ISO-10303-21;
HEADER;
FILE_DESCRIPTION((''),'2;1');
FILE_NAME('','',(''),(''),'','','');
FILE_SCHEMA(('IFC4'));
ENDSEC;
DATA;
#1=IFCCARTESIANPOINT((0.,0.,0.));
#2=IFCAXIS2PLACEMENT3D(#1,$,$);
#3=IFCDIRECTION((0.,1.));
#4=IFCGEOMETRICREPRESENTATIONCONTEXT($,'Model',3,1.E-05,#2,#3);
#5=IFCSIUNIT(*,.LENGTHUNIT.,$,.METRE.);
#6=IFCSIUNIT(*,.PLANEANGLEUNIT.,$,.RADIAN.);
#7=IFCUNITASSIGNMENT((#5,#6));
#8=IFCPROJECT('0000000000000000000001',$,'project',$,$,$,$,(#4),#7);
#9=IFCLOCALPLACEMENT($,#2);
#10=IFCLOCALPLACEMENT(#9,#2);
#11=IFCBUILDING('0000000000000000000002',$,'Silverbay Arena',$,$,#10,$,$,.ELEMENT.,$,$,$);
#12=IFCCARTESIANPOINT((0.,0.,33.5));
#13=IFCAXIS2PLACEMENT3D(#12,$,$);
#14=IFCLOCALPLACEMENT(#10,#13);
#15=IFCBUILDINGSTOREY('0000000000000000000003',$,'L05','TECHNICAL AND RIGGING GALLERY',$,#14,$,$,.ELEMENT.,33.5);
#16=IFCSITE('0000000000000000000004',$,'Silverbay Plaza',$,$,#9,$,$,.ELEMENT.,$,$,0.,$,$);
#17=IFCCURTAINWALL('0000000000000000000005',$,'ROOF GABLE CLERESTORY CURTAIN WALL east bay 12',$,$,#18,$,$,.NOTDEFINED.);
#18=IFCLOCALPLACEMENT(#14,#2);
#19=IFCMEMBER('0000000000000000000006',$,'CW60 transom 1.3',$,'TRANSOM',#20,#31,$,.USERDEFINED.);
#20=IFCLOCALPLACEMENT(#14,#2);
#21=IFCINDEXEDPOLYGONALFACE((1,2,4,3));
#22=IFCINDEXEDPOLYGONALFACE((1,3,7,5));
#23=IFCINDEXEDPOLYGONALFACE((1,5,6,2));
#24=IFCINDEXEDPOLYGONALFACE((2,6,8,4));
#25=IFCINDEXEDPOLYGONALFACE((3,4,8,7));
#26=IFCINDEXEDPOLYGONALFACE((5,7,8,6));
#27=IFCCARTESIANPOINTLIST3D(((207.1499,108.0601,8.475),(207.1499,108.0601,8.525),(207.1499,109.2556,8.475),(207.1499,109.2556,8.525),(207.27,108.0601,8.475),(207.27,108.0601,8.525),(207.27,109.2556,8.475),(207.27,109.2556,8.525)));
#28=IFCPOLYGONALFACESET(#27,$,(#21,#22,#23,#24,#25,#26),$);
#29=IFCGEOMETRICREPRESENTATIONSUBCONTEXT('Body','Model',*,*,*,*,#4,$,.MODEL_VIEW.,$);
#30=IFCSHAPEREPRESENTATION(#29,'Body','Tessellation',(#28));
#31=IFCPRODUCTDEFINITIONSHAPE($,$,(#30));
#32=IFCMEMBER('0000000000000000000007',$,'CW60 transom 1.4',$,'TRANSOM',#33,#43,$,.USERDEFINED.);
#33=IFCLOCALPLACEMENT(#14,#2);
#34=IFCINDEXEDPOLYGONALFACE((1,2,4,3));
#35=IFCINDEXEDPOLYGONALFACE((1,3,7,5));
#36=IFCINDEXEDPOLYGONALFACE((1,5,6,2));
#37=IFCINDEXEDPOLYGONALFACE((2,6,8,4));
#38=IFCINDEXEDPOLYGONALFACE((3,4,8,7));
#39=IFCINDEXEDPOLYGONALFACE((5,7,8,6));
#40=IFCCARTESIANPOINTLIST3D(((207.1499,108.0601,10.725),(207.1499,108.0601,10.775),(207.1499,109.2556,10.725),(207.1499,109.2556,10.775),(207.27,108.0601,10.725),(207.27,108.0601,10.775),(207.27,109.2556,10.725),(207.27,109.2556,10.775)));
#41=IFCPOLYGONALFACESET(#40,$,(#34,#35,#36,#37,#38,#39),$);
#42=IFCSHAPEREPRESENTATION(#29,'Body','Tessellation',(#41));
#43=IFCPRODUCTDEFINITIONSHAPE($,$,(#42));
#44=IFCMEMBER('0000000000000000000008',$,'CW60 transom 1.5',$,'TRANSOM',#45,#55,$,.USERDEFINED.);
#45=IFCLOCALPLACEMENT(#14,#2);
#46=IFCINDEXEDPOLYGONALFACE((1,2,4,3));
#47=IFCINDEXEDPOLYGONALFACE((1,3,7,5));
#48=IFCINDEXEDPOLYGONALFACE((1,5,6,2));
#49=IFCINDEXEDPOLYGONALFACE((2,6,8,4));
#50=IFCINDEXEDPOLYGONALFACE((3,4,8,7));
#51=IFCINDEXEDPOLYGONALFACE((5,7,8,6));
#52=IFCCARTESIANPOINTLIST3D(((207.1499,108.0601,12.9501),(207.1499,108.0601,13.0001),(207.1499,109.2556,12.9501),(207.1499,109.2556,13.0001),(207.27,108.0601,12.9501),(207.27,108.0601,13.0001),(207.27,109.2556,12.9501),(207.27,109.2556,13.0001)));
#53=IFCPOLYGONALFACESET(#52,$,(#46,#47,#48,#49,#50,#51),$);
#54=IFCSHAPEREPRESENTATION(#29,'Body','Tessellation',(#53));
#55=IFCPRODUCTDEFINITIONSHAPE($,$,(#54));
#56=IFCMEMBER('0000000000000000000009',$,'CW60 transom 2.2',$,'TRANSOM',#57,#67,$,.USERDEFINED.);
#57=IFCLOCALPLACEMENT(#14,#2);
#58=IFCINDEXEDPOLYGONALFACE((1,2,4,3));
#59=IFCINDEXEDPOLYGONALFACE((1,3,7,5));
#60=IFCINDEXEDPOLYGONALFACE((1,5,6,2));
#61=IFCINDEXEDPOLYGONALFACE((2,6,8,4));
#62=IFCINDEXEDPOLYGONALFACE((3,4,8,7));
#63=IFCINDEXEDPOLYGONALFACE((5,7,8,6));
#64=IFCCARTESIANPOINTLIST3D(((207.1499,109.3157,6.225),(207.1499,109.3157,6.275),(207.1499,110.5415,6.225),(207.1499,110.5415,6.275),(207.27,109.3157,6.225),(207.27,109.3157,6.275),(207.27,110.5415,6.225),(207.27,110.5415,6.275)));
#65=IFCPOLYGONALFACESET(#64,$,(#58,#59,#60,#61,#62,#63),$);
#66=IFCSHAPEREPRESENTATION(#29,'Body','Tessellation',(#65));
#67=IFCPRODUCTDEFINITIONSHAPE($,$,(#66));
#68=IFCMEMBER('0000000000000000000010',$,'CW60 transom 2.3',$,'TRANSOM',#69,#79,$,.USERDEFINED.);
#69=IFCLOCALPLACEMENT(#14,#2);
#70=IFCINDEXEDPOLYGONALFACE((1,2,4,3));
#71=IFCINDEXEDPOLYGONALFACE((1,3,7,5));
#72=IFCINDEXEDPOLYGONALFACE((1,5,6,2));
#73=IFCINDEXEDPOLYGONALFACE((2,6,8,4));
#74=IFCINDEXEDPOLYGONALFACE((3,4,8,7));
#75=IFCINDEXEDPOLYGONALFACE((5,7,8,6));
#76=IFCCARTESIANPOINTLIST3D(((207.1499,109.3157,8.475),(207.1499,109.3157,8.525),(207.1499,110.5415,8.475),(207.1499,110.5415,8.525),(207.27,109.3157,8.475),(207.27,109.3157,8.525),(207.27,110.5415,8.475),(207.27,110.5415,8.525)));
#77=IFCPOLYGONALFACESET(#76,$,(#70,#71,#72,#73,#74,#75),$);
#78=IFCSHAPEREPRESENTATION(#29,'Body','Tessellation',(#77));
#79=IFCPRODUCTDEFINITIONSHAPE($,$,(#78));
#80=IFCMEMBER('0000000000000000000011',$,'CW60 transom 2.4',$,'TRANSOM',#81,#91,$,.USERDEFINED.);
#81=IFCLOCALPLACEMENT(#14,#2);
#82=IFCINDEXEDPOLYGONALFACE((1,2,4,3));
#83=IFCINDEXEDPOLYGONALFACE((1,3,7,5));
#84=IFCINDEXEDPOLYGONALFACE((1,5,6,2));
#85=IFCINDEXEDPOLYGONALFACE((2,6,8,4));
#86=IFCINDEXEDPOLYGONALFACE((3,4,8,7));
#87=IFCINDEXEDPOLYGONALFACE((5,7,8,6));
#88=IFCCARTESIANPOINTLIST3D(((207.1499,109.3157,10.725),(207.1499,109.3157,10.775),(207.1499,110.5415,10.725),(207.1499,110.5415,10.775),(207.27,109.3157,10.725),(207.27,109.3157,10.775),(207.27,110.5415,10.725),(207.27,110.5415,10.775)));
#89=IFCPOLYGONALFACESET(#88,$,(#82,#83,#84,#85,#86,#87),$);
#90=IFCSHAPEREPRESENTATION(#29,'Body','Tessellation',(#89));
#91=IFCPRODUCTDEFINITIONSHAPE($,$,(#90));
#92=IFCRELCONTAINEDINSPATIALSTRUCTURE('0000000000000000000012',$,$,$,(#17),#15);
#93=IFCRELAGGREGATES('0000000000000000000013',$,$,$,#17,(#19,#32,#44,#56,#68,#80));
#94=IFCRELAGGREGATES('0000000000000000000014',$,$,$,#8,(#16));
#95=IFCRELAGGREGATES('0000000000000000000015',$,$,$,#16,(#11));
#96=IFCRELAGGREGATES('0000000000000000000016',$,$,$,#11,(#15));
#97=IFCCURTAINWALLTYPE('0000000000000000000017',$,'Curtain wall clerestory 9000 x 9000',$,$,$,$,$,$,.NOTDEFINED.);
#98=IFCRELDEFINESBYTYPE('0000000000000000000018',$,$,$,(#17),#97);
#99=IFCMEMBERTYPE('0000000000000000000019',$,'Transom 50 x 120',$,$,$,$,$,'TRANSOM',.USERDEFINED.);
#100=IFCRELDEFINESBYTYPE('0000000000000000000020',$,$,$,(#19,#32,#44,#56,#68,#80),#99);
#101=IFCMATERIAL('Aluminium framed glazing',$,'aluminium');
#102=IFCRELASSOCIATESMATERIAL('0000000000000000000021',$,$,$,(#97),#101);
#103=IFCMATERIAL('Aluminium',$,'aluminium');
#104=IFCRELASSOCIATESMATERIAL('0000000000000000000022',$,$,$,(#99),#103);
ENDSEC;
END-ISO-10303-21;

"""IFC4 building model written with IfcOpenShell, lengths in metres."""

from ifc_helpers import new_model, si_unit, direction, frame, origin, origin_2d, place, context, subcontext, project, spatial, rectangle, extrude, material, material_profile, profile_set, type_object, element, aggregate, save


model = new_model("IFC4")

# Units and contexts
model_context = context("Model", 3, precision=1e-05, world=origin(), true_north=direction((0.0, 1.0)))
body_context = subcontext(model_context, "Body", "Model", "MODEL_VIEW")
ifc_project = project(units=[si_unit("LENGTHUNIT", "METRE"), si_unit("PLANEANGLEUNIT", "RADIAN")], contexts=[model_context])

# Site, building, storey
site_placement = place(None, origin())
site = spatial("IfcSite", under=ifc_project, at=site_placement, Name="Silverbay Plaza", CompositionType="ELEMENT", RefElevation=0.0)
building_placement = place(site_placement, origin())
building = spatial("IfcBuilding", under=site, at=building_placement, Name="Silverbay Arena", CompositionType="ELEMENT")
storey_placement = place(building_placement, frame((0.0, 0.0, 33.5)))
storey = spatial("IfcBuildingStorey", under=building, at=storey_placement, Name="L05", Description="TECHNICAL AND RIGGING GALLERY", CompositionType="ELEMENT", Elevation=33.5)

# Curtain wall, members
ifc_material_1 = material(Name="Aluminium framed glazing", Category="aluminium")
curtain_wall_type = type_object("IfcCurtainWallType", Name="Curtain wall clerestory 9000 x 9000", PredefinedType="NOTDEFINED", material=ifc_material_1)
ifc_material_2 = material(Name="Aluminium", Category="aluminium")
ifc_material_profile_1 = material_profile(ifc_material_2, rectangle(XDim=0.1201, YDim=0.05, at=origin_2d()), Name="Transom 50 x 120")
ifc_profile_set_1 = profile_set([ifc_material_profile_1], Name="Aluminium")
member_type_1 = type_object("IfcMemberType", Name="Transom 50 x 120", ElementType="TRANSOM", PredefinedType="USERDEFINED", material=ifc_profile_set_1)
curtain_wall_1_placement = place(storey_placement, origin())
curtain_wall_1 = element("IfcCurtainWall", 1, at=curtain_wall_1_placement, inside=storey, type_object=curtain_wall_type, Name="ROOF GABLE CLERESTORY CURTAIN WALL east bay 12", PredefinedType="NOTDEFINED")
member_1_placement = place(storey_placement, frame((207.21, 108.0601, 8.5), z_axis=(0.0, 1.0, 0.0), x_axis=(-1.0, 0.0, 0.0)))
member_1 = element("IfcMember", 2, at=member_1_placement, type_object=member_type_1, Name="CW60 transom 1.3", ObjectType="TRANSOM", PredefinedType="USERDEFINED", context=body_context, shape_type="SweptSolid", body=[
    extrude(rectangle(XDim=0.1201, YDim=0.05, at=origin_2d()), origin(), (0.0, 0.0, 1.0), 1.1956),
])
member_2_placement = place(storey_placement, frame((207.21, 108.0601, 10.75), z_axis=(0.0, 1.0, 0.0), x_axis=(-1.0, 0.0, 0.0)))
member_2 = element("IfcMember", 3, at=member_2_placement, type_object=member_type_1, Name="CW60 transom 1.4", ObjectType="TRANSOM", PredefinedType="USERDEFINED", context=body_context, shape_type="SweptSolid", body=[
    extrude(rectangle(XDim=0.1201, YDim=0.05, at=origin_2d()), origin(), (0.0, 0.0, 1.0), 1.1956),
])
member_3_placement = place(storey_placement, frame((207.21, 108.0601, 12.9751), z_axis=(0.0, 1.0, 0.0), x_axis=(-1.0, 0.0, 0.0)))
member_3 = element("IfcMember", 4, at=member_3_placement, type_object=member_type_1, Name="CW60 transom 1.5", ObjectType="TRANSOM", PredefinedType="USERDEFINED", context=body_context, shape_type="SweptSolid", body=[
    extrude(rectangle(XDim=0.1201, YDim=0.05, at=origin_2d()), origin(), (0.0, 0.0, 1.0), 1.1956),
])
member_4_placement = place(storey_placement, frame((207.21, 109.3157, 6.25), z_axis=(0.0, 1.0, 0.0), x_axis=(-1.0, 0.0, 0.0)))
member_4 = element("IfcMember", 5, at=member_4_placement, type_object=member_type_1, Name="CW60 transom 2.2", ObjectType="TRANSOM", PredefinedType="USERDEFINED", context=body_context, shape_type="SweptSolid", body=[
    extrude(rectangle(XDim=0.1201, YDim=0.05, at=origin_2d()), origin(), (0.0, 0.0, 1.0), 1.2258),
])
member_5_placement = place(storey_placement, frame((207.21, 109.3157, 8.5), z_axis=(0.0, 1.0, 0.0), x_axis=(-1.0, 0.0, 0.0)))
member_5 = element("IfcMember", 6, at=member_5_placement, type_object=member_type_1, Name="CW60 transom 2.3", ObjectType="TRANSOM", PredefinedType="USERDEFINED", context=body_context, shape_type="SweptSolid", body=[
    extrude(rectangle(XDim=0.1201, YDim=0.05, at=origin_2d()), origin(), (0.0, 0.0, 1.0), 1.2258),
])
member_6_placement = place(storey_placement, frame((207.21, 109.3157, 10.75), z_axis=(0.0, 1.0, 0.0), x_axis=(-1.0, 0.0, 0.0)))
member_6 = element("IfcMember", 7, at=member_6_placement, type_object=member_type_1, Name="CW60 transom 2.4", ObjectType="TRANSOM", PredefinedType="USERDEFINED", context=body_context, shape_type="SweptSolid", body=[
    extrude(rectangle(XDim=0.1201, YDim=0.05, at=origin_2d()), origin(), (0.0, 0.0, 1.0), 1.2258),
])
aggregate(curtain_wall_1, [member_1, member_2, member_3, member_4, member_5, member_6])

save(model, "model.ifc")
